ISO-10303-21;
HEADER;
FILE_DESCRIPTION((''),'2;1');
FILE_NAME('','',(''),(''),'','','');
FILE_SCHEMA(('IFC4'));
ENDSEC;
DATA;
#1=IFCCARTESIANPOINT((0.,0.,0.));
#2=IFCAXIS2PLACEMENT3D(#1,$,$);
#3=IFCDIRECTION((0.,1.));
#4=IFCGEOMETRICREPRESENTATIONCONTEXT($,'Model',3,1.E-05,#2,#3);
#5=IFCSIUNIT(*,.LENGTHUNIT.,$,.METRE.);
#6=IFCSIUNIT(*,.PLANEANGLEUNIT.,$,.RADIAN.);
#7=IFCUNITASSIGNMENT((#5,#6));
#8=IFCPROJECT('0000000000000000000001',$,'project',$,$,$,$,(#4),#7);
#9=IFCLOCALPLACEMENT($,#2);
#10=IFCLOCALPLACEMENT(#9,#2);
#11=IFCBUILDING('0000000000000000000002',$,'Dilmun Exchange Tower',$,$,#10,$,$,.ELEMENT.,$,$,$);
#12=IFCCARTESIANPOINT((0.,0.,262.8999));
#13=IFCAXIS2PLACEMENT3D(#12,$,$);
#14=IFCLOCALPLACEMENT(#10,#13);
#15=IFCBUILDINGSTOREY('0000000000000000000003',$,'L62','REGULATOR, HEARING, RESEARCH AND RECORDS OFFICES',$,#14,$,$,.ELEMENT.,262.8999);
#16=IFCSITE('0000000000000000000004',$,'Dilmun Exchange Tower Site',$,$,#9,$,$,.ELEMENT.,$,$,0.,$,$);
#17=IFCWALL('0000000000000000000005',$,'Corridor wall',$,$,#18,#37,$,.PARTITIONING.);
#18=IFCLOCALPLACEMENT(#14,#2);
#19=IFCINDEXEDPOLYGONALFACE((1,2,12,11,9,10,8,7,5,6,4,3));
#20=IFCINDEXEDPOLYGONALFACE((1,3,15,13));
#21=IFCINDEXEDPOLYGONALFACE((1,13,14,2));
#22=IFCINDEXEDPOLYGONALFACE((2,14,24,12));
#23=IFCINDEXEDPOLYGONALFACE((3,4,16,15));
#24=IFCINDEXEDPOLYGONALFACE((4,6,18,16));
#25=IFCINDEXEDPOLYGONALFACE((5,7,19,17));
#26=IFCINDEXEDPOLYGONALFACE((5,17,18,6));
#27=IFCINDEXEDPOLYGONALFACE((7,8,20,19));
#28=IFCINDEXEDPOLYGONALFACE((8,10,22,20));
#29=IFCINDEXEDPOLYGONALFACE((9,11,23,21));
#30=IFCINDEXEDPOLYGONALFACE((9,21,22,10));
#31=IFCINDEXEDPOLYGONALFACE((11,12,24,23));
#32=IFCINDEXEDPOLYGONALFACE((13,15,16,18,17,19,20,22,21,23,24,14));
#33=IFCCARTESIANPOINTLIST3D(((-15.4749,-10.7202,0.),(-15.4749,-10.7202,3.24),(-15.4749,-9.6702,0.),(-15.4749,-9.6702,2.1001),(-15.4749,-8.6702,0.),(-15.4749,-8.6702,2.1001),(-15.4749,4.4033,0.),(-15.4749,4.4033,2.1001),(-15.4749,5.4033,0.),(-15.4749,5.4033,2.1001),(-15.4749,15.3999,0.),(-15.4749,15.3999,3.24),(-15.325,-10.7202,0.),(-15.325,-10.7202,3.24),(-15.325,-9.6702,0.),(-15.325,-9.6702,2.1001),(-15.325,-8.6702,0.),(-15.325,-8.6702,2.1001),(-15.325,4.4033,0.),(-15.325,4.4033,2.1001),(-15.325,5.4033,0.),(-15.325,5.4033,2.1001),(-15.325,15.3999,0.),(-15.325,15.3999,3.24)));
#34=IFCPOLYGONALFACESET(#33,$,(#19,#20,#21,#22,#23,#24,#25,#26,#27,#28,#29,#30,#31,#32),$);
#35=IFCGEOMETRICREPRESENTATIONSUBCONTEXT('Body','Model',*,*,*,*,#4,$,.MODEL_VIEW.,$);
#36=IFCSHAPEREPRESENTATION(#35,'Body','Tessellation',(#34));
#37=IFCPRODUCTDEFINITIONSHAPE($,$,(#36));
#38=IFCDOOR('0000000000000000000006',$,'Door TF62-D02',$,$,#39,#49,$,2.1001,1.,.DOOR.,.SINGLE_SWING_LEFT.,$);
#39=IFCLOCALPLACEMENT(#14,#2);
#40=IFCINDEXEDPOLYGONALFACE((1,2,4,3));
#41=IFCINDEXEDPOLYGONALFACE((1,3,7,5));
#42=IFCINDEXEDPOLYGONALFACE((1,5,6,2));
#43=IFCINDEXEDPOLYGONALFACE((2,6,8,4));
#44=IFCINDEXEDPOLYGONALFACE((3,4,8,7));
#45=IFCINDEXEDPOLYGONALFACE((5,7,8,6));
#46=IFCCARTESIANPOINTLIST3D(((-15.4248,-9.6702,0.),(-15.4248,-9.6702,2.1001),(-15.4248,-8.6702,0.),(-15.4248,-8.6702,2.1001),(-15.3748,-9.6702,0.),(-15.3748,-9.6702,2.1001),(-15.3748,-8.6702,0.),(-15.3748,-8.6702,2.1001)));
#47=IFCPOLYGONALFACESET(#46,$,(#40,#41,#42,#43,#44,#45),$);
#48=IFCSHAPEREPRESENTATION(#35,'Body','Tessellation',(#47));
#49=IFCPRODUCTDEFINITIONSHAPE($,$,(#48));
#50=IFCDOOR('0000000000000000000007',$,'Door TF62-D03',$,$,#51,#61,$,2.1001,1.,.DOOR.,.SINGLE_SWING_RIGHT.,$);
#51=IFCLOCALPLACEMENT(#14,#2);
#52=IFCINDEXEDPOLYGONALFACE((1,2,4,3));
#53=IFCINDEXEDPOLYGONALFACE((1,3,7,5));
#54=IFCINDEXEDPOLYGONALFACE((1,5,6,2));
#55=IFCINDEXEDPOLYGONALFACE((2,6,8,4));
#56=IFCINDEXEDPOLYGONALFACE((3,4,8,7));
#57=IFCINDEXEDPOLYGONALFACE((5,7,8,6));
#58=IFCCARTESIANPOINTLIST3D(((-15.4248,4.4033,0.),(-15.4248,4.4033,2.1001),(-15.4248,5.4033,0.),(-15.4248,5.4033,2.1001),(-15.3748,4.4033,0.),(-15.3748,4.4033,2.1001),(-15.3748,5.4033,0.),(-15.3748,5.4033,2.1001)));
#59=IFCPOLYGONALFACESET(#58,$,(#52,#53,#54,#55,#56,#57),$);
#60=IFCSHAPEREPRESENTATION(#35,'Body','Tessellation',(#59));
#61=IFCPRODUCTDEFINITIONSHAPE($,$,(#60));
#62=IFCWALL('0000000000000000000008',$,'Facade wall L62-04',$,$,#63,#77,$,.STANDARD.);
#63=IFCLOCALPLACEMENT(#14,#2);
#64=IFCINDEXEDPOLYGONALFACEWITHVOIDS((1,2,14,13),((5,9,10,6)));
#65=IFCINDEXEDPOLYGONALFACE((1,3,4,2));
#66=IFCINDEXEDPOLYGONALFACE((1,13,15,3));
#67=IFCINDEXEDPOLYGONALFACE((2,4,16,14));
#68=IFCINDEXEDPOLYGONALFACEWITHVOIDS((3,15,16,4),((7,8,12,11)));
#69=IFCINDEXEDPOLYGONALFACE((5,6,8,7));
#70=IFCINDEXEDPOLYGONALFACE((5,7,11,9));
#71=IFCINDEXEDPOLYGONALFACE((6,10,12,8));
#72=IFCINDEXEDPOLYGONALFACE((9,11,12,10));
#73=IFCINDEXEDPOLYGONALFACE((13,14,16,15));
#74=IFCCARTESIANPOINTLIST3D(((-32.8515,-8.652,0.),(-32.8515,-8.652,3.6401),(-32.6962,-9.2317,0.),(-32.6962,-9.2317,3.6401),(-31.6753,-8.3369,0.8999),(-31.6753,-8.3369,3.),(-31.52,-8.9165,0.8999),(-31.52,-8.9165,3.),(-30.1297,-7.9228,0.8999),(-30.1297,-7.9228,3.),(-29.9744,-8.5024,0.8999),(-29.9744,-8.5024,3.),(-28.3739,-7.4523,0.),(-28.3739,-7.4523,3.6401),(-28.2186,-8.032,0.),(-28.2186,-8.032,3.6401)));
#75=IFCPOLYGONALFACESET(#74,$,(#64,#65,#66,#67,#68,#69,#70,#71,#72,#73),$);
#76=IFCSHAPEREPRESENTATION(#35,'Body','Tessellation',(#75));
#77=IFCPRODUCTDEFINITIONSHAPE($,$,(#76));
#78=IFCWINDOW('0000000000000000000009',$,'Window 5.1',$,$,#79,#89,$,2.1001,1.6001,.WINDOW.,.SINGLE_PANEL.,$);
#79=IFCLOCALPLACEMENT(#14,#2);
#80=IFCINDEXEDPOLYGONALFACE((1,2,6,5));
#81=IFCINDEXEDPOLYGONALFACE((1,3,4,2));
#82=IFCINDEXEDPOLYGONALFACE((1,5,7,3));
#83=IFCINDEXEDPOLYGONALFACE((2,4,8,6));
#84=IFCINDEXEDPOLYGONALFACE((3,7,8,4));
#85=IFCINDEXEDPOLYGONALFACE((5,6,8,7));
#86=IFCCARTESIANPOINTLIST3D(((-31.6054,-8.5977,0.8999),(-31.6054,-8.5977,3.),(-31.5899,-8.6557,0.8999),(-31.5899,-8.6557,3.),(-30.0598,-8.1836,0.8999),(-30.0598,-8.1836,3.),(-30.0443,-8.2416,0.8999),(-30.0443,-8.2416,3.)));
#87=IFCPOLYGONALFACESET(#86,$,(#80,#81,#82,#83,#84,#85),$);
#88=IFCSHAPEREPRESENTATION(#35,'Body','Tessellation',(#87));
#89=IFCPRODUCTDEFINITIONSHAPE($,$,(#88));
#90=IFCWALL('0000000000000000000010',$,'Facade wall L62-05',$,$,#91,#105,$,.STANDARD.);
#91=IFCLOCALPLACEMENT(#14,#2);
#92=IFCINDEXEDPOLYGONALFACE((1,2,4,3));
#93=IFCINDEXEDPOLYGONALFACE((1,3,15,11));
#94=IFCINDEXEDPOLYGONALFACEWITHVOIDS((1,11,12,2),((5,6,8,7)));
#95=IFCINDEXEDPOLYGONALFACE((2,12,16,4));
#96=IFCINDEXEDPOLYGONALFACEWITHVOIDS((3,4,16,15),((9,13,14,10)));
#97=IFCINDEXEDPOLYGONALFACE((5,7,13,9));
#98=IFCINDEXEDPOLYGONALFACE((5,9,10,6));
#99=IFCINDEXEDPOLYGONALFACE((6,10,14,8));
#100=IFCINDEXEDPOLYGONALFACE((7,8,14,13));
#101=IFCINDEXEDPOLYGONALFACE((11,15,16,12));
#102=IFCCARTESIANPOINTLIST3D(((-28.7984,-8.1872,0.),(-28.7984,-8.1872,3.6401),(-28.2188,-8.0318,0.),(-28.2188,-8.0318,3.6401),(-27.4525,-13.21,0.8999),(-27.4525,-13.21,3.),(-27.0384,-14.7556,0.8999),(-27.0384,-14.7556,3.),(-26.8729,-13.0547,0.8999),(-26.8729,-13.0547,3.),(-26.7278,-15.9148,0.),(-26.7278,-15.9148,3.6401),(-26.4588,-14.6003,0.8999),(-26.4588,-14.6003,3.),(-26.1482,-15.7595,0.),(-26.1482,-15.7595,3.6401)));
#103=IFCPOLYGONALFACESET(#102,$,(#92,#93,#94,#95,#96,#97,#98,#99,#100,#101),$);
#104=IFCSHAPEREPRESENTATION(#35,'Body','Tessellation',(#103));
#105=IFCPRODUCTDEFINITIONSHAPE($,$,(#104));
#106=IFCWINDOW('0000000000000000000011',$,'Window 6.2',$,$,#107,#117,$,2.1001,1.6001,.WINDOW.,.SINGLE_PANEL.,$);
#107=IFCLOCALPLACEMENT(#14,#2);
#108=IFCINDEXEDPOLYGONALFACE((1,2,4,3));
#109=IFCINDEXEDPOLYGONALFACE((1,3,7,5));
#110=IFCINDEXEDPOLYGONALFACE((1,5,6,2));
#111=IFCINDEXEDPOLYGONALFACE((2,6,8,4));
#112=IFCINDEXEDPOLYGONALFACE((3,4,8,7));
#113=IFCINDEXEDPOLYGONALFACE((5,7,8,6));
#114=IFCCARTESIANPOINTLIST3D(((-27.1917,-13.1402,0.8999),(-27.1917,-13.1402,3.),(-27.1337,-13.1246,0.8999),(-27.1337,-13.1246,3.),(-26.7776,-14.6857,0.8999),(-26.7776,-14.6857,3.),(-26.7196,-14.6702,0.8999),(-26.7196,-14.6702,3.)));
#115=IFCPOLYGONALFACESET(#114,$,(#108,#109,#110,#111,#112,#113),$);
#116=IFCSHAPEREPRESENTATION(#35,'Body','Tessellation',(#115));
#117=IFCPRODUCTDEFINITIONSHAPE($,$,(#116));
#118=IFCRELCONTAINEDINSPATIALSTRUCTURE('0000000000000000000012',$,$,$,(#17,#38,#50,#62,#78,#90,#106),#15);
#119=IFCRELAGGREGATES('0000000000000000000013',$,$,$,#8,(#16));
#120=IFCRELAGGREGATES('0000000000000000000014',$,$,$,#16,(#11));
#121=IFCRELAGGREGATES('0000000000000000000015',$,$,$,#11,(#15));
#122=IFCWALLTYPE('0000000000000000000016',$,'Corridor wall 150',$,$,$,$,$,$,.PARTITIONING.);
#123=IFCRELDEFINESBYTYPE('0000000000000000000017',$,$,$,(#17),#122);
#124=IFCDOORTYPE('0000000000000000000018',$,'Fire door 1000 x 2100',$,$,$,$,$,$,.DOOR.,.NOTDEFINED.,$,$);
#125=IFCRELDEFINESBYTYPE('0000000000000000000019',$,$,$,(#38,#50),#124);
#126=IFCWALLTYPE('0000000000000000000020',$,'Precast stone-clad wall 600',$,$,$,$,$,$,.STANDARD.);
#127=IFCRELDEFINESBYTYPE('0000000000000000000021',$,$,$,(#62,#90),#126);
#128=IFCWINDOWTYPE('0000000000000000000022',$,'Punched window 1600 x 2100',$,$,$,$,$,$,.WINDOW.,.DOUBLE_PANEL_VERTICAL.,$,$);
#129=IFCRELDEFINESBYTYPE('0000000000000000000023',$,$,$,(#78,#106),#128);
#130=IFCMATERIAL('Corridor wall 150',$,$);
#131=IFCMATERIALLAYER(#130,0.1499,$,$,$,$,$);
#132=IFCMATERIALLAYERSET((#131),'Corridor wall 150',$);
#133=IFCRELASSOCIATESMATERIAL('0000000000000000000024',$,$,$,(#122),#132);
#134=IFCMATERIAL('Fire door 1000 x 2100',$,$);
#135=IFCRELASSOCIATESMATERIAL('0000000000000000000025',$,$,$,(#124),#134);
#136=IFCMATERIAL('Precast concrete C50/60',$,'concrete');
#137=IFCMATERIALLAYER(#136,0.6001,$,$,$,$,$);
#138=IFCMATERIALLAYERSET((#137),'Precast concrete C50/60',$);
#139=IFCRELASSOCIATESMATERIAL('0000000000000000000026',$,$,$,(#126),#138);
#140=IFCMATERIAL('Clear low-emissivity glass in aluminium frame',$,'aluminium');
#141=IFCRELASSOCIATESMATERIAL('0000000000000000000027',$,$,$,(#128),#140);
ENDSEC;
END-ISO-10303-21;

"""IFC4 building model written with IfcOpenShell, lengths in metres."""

from ifc_helpers import new_model, si_unit, direction, frame, frame_2d, origin, place, context, subcontext, project, spatial, rectangle, extrude, material, layer, layer_set, type_object, element, fill, save


model = new_model("IFC4")

# Units and contexts
model_context = context("Model", 3, precision=1e-05, world=origin(), true_north=direction((0.0, 1.0)))
body_context = subcontext(model_context, "Body", "Model", "MODEL_VIEW")
ifc_project = project(units=[si_unit("LENGTHUNIT", "METRE"), si_unit("PLANEANGLEUNIT", "RADIAN")], contexts=[model_context])

# Site, building, storey
site_placement = place(None, origin())
site = spatial("IfcSite", under=ifc_project, at=site_placement, Name="Dilmun Exchange Tower Site", CompositionType="ELEMENT", RefElevation=0.0)
building_placement = place(site_placement, origin())
building = spatial("IfcBuilding", under=site, at=building_placement, Name="Dilmun Exchange Tower", CompositionType="ELEMENT")
storey_placement = place(building_placement, frame((0.0, 0.0, 262.8999)))
storey = spatial("IfcBuildingStorey", under=building, at=storey_placement, Name="L62", Description="REGULATOR, HEARING, RESEARCH AND RECORDS OFFICES", CompositionType="ELEMENT", Elevation=262.8999)

# Shared definitions
ifc_material_1 = material(Name="Corridor wall 150")
ifc_layer_1 = layer(ifc_material_1, 0.1499)
ifc_layer_set_1 = layer_set([ifc_layer_1], Name="Corridor wall 150")
wall_type_1 = type_object("IfcWallType", Name="Corridor wall 150", PredefinedType="PARTITIONING", material=ifc_layer_set_1)

# Shared definitions
ifc_material_2 = material(Name="Fire door 1000 x 2100")
door_type_1 = type_object("IfcDoorType", Name="Fire door 1000 x 2100", OperationType="NOTDEFINED", PredefinedType="DOOR", material=ifc_material_2)

# Wall, openings, doors
wall_1_placement = place(storey_placement, frame((-15.3999, -10.7202, 0.0), z_axis=(0.0, 0.0, 1.0), x_axis=(0.0, 1.0, 0.0)))
wall_1 = element("IfcWall", 1, at=wall_1_placement, inside=storey, type_object=wall_type_1, Name="Corridor wall", PredefinedType="PARTITIONING", context=body_context, shape_type="SweptSolid", body=[
    extrude(rectangle(XDim=26.1201, YDim=0.1499, at=frame_2d((13.0601, 0.0))), origin(), (0.0, 0.0, 1.0), 3.24),
])
opening_1_placement = place(wall_1_placement, frame((1.05, 0.0, 0.0)))
opening_1 = element("IfcOpeningElement", 2, at=opening_1_placement, cuts=wall_1, PredefinedType="OPENING", context=body_context, shape_type="SweptSolid", body=[
    extrude(rectangle(XDim=1.0, YDim=2.1001, at=frame_2d((0.5, 1.05))), frame((0.0, 0.085, 0.0), z_axis=(0.0, -1.0, 0.0), x_axis=(1.0, 0.0, 0.0)), (0.0, 0.0, 1.0), 0.1699),
])
opening_2_placement = place(wall_1_placement, frame((15.1235, 0.0, 0.0)))
opening_2 = element("IfcOpeningElement", 3, at=opening_2_placement, cuts=wall_1, PredefinedType="OPENING", context=body_context, shape_type="SweptSolid", body=[
    extrude(rectangle(XDim=1.0, YDim=2.1001, at=frame_2d((0.5, 1.05))), frame((0.0, 0.085, 0.0), z_axis=(0.0, -1.0, 0.0), x_axis=(1.0, 0.0, 0.0)), (0.0, 0.0, 1.0), 0.1699),
])
door_1_placement = place(opening_1_placement, origin())
door_1 = element("IfcDoor", 4, at=door_1_placement, inside=storey, type_object=door_type_1, Name="Door TF62-D02", OperationType="SINGLE_SWING_LEFT", OverallHeight=2.1001, OverallWidth=1.0, PredefinedType="DOOR", context=body_context, shape_type="SweptSolid", body=[
    extrude(rectangle(XDim=1.0, YDim=2.1001, at=frame_2d((0.5, 1.05))), frame((0.0, 0.0249, 0.0), z_axis=(0.0, -1.0, 0.0), x_axis=(1.0, 0.0, 0.0)), (0.0, 0.0, 1.0), 0.05),
])
fill(opening_1, door_1)
door_2_placement = place(opening_2_placement, origin())
door_2 = element("IfcDoor", 5, at=door_2_placement, inside=storey, type_object=door_type_1, Name="Door TF62-D03", OperationType="SINGLE_SWING_RIGHT", OverallHeight=2.1001, OverallWidth=1.0, PredefinedType="DOOR", context=body_context, shape_type="SweptSolid", body=[
    extrude(rectangle(XDim=1.0, YDim=2.1001, at=frame_2d((0.5, 1.05))), frame((0.0, 0.0249, 0.0), z_axis=(0.0, -1.0, 0.0), x_axis=(1.0, 0.0, 0.0)), (0.0, 0.0, 1.0), 0.05),
])
fill(opening_2, door_2)

# Walls, openings, windows
ifc_material_3 = material(Name="Precast concrete C50/60", Category="concrete")
ifc_layer_2 = layer(ifc_material_3, 0.6001)
ifc_layer_set_2 = layer_set([ifc_layer_2], Name="Precast concrete C50/60")
wall_type_2 = type_object("IfcWallType", Name="Precast stone-clad wall 600", PredefinedType="STANDARD", material=ifc_layer_set_2)
wall_2_placement = place(storey_placement, frame((-32.7739, -8.9419, 0.0), z_axis=(0.0, 0.0, 1.0), x_axis=(0.965928, 0.25881, 0.0)))
wall_2 = element("IfcWall", 6, at=wall_2_placement, inside=storey, type_object=wall_type_2, Name="Facade wall L62-04", PredefinedType="STANDARD", context=body_context, shape_type="SweptSolid", body=[
    extrude(rectangle(XDim=4.6355, YDim=0.6001, at=frame_2d((2.3179, 0.0))), origin(), (0.0, 0.0, 1.0), 3.6401),
])
opening_3_placement = place(wall_2_placement, frame((1.2178, 0.0, 0.8999)))
opening_3 = element("IfcOpeningElement", 7, at=opening_3_placement, cuts=wall_2, PredefinedType="OPENING", context=body_context, shape_type="SweptSolid", body=[
    extrude(rectangle(XDim=1.6001, YDim=2.1001, at=frame_2d((0.8, 1.05))), frame((0.0, 0.3101, 0.0), z_axis=(0.0, -1.0, 0.0), x_axis=(1.0, 0.0, 0.0)), (0.0, 0.0, 1.0), 0.6201),
])
ifc_material_4 = material(Name="Clear low-emissivity glass in aluminium frame", Category="aluminium")
window_type = type_object("IfcWindowType", Name="Punched window 1600 x 2100", PartitioningType="DOUBLE_PANEL_VERTICAL", PredefinedType="WINDOW", material=ifc_material_4)
window_1_placement = place(opening_3_placement, origin())
window_1 = element("IfcWindow", 8, at=window_1_placement, inside=storey, type_object=window_type, Name="Window 5.1", OverallHeight=2.1001, OverallWidth=1.6001, PartitioningType="SINGLE_PANEL", PredefinedType="WINDOW", context=body_context, shape_type="SweptSolid", body=[
    extrude(rectangle(XDim=1.6001, YDim=2.1001, at=frame_2d((0.8, 1.05))), frame((0.0, 0.03, 0.0), z_axis=(0.0, -1.0, 0.0), x_axis=(1.0, 0.0, 0.0)), (0.0, 0.0, 1.0), 0.0601),
])
fill(opening_3, window_1)
wall_3_placement = place(storey_placement, frame((-28.5085, -8.1096, 0.0), z_axis=(0.0, 0.0, 1.0), x_axis=(0.258815, -0.965927, 0.0)))
wall_3 = element("IfcWall", 9, at=wall_3_placement, inside=storey, type_object=wall_type_2, Name="Facade wall L62-05", PredefinedType="STANDARD", context=body_context, shape_type="SweptSolid", body=[
    extrude(rectangle(XDim=8.0002, YDim=0.6001, at=frame_2d((4.0, 0.0))), origin(), (0.0, 0.0, 1.0), 3.6401),
])
opening_4_placement = place(wall_3_placement, frame((5.2, 0.0, 0.8999)))
opening_4 = element("IfcOpeningElement", 10, at=opening_4_placement, cuts=wall_3, PredefinedType="OPENING", context=body_context, shape_type="SweptSolid", body=[
    extrude(rectangle(XDim=1.6001, YDim=2.1001, at=frame_2d((0.8, 1.05))), frame((0.0, 0.3101, 0.0), z_axis=(0.0, -1.0, 0.0), x_axis=(1.0, 0.0, 0.0)), (0.0, 0.0, 1.0), 0.6201),
])
window_2_placement = place(opening_4_placement, origin())
window_2 = element("IfcWindow", 11, at=window_2_placement, inside=storey, type_object=window_type, Name="Window 6.2", OverallHeight=2.1001, OverallWidth=1.6001, PartitioningType="SINGLE_PANEL", PredefinedType="WINDOW", context=body_context, shape_type="SweptSolid", body=[
    extrude(rectangle(XDim=1.6001, YDim=2.1001, at=frame_2d((0.8, 1.05))), frame((0.0, 0.03, 0.0), z_axis=(0.0, -1.0, 0.0), x_axis=(1.0, 0.0, 0.0)), (0.0, 0.0, 1.0), 0.0601),
])
fill(opening_4, window_2)

save(model, "model.ifc")
